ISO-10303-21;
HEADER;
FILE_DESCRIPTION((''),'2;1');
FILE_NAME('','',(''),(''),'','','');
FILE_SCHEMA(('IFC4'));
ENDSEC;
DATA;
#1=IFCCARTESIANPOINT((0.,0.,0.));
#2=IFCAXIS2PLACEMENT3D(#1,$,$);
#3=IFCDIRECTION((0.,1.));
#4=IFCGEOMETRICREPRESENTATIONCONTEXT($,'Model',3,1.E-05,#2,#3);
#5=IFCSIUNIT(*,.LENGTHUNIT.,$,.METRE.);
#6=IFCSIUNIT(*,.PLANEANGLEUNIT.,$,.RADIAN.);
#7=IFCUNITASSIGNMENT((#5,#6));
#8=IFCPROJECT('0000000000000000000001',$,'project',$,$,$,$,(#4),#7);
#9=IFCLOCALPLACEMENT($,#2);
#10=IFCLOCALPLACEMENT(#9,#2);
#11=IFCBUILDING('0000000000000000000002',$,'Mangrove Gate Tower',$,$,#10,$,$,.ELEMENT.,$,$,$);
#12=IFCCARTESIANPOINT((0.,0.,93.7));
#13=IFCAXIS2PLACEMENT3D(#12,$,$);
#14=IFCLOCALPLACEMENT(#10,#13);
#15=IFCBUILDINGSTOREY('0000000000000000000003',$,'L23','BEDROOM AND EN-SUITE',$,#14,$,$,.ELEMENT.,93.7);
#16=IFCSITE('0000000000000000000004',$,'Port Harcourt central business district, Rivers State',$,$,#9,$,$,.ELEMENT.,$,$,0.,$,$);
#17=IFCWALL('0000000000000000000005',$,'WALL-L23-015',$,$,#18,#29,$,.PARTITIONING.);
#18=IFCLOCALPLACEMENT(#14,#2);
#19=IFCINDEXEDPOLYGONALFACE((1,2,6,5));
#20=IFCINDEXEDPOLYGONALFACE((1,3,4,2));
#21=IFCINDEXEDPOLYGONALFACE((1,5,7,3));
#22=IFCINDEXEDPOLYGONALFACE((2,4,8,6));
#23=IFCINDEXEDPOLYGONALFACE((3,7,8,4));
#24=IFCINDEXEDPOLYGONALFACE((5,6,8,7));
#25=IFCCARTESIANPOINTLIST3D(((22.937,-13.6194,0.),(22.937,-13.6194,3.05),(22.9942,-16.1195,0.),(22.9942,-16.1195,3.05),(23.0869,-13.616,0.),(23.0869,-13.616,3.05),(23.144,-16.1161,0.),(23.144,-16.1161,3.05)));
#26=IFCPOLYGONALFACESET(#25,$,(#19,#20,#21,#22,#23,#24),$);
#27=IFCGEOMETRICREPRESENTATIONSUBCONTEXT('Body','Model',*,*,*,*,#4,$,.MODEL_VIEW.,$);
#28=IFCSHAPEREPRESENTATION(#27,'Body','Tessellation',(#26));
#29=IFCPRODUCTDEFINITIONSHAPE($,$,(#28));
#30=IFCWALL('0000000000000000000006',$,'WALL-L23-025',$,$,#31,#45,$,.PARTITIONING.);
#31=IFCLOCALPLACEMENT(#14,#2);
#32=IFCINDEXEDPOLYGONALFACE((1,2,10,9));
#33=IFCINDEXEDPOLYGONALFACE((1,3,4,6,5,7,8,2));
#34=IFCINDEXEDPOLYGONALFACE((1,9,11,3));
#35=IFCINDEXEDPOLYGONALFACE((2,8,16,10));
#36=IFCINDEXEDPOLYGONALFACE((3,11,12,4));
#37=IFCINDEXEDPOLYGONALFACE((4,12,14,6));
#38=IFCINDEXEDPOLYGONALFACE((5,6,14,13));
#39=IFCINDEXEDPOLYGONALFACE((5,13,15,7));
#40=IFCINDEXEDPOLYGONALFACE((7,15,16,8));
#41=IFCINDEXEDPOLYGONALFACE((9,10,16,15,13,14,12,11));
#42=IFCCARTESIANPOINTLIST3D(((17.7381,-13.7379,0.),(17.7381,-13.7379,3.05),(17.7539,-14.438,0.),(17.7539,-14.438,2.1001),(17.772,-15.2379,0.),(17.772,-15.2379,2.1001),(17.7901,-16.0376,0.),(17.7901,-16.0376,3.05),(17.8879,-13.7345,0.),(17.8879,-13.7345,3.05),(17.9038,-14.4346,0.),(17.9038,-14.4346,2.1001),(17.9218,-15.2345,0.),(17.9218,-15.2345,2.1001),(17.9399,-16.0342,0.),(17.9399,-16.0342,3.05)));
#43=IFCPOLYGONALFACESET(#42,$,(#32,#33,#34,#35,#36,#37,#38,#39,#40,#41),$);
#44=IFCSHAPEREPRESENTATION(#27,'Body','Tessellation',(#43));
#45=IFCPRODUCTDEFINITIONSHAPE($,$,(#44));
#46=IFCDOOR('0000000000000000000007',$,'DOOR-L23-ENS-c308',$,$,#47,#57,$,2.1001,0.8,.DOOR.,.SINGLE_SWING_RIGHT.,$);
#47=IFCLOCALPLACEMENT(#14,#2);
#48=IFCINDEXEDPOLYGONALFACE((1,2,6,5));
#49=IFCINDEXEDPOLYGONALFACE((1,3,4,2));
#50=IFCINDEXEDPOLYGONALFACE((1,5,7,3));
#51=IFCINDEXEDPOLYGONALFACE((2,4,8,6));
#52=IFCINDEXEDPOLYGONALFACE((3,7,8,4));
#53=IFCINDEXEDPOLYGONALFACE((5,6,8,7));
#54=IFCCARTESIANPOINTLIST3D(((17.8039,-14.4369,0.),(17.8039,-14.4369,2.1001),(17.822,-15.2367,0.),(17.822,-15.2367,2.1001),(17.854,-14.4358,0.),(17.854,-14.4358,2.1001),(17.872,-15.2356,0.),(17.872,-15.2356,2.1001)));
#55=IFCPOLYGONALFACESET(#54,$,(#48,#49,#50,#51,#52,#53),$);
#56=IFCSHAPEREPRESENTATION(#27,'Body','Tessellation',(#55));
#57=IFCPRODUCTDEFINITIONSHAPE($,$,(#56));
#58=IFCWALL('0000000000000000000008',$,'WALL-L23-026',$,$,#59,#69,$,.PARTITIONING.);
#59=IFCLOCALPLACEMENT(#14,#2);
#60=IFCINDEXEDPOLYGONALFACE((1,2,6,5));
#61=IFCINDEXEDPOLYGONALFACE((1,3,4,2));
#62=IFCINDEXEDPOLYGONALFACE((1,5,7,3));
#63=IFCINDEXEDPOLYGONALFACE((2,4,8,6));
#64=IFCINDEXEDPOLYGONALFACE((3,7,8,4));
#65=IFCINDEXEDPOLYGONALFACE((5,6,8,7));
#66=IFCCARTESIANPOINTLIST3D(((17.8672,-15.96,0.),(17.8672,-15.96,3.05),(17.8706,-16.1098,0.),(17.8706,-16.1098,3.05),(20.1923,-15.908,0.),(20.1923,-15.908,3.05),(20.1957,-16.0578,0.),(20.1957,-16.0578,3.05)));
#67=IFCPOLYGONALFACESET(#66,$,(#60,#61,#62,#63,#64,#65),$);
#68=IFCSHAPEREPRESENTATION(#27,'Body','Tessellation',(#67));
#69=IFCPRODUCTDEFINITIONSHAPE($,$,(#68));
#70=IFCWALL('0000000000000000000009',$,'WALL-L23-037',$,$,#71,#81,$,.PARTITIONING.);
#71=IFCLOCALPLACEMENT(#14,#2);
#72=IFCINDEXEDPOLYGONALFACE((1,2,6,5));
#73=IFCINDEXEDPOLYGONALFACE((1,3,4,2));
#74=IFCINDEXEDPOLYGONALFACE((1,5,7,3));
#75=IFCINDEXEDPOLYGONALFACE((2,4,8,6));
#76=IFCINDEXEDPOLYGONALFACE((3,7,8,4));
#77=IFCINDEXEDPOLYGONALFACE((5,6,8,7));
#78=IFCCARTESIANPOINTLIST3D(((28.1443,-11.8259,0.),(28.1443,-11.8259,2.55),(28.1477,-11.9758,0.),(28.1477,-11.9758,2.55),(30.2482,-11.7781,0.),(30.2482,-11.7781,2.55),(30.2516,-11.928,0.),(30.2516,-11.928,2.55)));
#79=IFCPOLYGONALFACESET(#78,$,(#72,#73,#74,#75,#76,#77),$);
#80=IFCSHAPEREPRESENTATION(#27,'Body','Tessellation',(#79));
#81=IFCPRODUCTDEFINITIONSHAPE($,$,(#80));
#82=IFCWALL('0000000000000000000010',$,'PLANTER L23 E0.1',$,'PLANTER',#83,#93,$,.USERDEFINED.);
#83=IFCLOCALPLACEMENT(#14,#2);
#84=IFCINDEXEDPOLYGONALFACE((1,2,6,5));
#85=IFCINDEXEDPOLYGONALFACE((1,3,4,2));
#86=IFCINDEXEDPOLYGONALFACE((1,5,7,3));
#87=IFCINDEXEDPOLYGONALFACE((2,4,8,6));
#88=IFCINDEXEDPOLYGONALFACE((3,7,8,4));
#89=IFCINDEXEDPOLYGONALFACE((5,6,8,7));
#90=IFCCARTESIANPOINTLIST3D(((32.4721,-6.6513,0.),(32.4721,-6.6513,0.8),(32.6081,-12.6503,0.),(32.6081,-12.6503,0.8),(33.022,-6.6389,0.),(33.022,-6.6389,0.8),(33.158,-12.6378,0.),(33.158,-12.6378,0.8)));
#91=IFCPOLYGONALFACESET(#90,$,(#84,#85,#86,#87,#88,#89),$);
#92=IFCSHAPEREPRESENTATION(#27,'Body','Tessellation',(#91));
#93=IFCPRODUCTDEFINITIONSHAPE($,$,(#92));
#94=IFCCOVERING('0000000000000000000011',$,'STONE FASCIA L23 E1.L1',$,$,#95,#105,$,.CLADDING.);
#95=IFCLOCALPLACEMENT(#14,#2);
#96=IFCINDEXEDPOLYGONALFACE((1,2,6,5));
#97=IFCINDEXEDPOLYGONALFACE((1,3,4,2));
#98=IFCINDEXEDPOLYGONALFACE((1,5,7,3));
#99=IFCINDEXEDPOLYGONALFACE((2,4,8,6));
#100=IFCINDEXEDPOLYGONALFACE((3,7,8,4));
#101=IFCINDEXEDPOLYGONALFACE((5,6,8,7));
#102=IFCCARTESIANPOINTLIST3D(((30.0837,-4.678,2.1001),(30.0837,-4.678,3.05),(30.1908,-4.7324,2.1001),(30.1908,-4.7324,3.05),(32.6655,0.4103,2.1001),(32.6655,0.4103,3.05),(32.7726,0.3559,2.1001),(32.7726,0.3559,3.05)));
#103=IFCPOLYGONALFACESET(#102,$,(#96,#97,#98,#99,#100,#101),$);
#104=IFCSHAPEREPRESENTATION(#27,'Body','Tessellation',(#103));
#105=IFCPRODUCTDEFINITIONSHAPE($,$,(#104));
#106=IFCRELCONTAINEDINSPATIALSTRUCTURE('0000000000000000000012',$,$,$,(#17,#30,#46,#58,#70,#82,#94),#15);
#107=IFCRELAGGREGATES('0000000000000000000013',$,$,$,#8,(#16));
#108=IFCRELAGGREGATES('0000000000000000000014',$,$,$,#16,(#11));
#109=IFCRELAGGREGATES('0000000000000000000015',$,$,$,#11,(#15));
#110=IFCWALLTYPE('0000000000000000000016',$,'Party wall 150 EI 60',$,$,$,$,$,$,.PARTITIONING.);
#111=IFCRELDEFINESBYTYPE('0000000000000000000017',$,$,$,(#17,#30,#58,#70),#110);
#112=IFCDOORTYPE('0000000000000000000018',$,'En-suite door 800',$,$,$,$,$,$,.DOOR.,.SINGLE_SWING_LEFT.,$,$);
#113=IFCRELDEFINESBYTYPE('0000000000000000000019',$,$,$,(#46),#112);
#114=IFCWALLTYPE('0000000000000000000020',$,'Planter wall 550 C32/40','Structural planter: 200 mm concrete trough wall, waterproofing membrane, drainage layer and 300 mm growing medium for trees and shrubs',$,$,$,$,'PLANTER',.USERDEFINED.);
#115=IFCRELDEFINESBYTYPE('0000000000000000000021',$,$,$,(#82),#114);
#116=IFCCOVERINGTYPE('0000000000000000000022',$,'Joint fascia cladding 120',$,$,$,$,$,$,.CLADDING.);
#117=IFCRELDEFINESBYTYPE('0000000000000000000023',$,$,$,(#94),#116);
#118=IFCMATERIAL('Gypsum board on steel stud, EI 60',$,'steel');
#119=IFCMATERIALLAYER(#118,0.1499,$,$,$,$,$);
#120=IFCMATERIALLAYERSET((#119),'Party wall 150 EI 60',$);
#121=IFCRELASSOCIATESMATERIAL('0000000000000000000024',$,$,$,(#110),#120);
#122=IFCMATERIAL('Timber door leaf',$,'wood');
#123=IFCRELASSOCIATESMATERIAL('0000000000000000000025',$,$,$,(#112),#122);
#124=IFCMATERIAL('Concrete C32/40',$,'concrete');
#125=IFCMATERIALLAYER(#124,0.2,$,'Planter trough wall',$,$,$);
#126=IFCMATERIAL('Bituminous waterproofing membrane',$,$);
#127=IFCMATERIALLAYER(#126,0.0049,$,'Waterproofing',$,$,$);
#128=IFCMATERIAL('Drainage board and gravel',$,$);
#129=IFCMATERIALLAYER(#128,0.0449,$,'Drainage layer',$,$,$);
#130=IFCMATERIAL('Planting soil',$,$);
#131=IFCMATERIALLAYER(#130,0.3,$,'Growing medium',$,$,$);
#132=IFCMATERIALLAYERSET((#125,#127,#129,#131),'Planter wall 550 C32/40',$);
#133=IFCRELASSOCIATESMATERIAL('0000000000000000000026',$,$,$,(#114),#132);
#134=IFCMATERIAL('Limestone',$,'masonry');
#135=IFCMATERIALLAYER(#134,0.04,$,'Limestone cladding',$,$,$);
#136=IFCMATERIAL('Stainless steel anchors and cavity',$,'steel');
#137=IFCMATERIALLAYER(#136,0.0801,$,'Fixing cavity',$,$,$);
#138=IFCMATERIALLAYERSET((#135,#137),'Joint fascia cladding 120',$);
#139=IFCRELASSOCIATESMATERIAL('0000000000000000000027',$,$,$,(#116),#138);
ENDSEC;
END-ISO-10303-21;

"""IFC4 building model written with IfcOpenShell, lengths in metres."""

from ifc_helpers import new_model, si_unit, direction, frame, frame_2d, origin, place, context, subcontext, project, spatial, rectangle, extrude, material, layer, layer_set, type_object, element, fill, save


model = new_model("IFC4")

# Units and contexts
model_context = context("Model", 3, precision=1e-05, world=origin(), true_north=direction((0.0, 1.0)))
body_context = subcontext(model_context, "Body", "Model", "MODEL_VIEW")
ifc_project = project(units=[si_unit("LENGTHUNIT", "METRE"), si_unit("PLANEANGLEUNIT", "RADIAN")], contexts=[model_context])

# Site, building, storey
site_placement = place(None, origin())
site = spatial("IfcSite", under=ifc_project, at=site_placement, Name="Port Harcourt central business district, Rivers State", CompositionType="ELEMENT", RefElevation=0.0)
building_placement = place(site_placement, origin())
building = spatial("IfcBuilding", under=site, at=building_placement, Name="Mangrove Gate Tower", CompositionType="ELEMENT")
storey_placement = place(building_placement, frame((0.0, 0.0, 93.7)))
storey = spatial("IfcBuildingStorey", under=building, at=storey_placement, Name="L23", Description="BEDROOM AND EN-SUITE", CompositionType="ELEMENT", Elevation=93.7)

# Wall
ifc_material_1 = material(Name="Gypsum board on steel stud, EI 60", Category="steel")
ifc_layer_1 = layer(ifc_material_1, 0.1499)
ifc_layer_set_1 = layer_set([ifc_layer_1], Name="Party wall 150 EI 60")
wall_type_1 = type_object("IfcWallType", Name="Party wall 150 EI 60", PredefinedType="PARTITIONING", material=ifc_layer_set_1)
wall_1_placement = place(storey_placement, frame((23.0691, -16.1179, 0.0), z_axis=(0.0, 0.0, 1.0), x_axis=(-0.022846, 0.999739, 0.0)))
element("IfcWall", 1, at=wall_1_placement, inside=storey, type_object=wall_type_1, Name="WALL-L23-015", PredefinedType="PARTITIONING", context=body_context, shape_type="SweptSolid", body=[
    extrude(rectangle(XDim=2.5007, YDim=0.1499, at=frame_2d((1.2505, 0.0))), origin(), (0.0, 0.0, 1.0), 3.05),
])

# Wall, opening, door
wall_2_placement = place(storey_placement, frame((17.865, -16.0359, 0.0), z_axis=(0.0, 0.0, 1.0), x_axis=(-0.022606, 0.999744, 0.0)))
wall_2 = element("IfcWall", 2, at=wall_2_placement, inside=storey, type_object=wall_type_1, Name="WALL-L23-025", PredefinedType="PARTITIONING", context=body_context, shape_type="SweptSolid", body=[
    extrude(rectangle(XDim=2.3003, YDim=0.1499, at=frame_2d((1.1501, 0.0))), origin(), (0.0, 0.0, 1.0), 3.05),
])
opening_1_placement = place(wall_2_placement, frame((0.8, 0.0, 0.0)))
opening_1 = element("IfcOpeningElement", 3, at=opening_1_placement, cuts=wall_2, PredefinedType="OPENING", context=body_context, shape_type="SweptSolid", body=[
    extrude(rectangle(XDim=0.8, YDim=2.1001, at=frame_2d((0.3999, 1.05))), frame((0.0, 0.085, 0.0), z_axis=(0.0, -1.0, 0.0), x_axis=(1.0, 0.0, 0.0)), (0.0, 0.0, 1.0), 0.1699),
])
ifc_material_2 = material(Name="Timber door leaf", Category="wood")
door_type_1 = type_object("IfcDoorType", Name="En-suite door 800", OperationType="SINGLE_SWING_LEFT", PredefinedType="DOOR", material=ifc_material_2)
door_1_placement = place(opening_1_placement, origin())
door_1 = element("IfcDoor", 4, at=door_1_placement, inside=storey, type_object=door_type_1, Name="DOOR-L23-ENS-c308", OperationType="SINGLE_SWING_RIGHT", OverallHeight=2.1001, OverallWidth=0.8, PredefinedType="DOOR", context=body_context, shape_type="SweptSolid", body=[
    extrude(rectangle(XDim=0.8, YDim=2.1001, at=frame_2d((0.3999, 1.05))), frame((0.0, 0.0249, 0.0), z_axis=(0.0, -1.0, 0.0), x_axis=(1.0, 0.0, 0.0)), (0.0, 0.0, 1.0), 0.05),
])
fill(opening_1, door_1)

# Walls
wall_3_placement = place(storey_placement, frame((17.8689, -16.0349, 0.0), z_axis=(0.0, 0.0, 1.0), x_axis=(0.99975, 0.022359, 0.0)))
element("IfcWall", 5, at=wall_3_placement, inside=storey, type_object=wall_type_1, Name="WALL-L23-026", PredefinedType="PARTITIONING", context=body_context, shape_type="SweptSolid", body=[
    extrude(rectangle(XDim=2.3257, YDim=0.1499, at=frame_2d((1.1628, 0.0))), origin(), (0.0, 0.0, 1.0), 3.05),
])
wall_4_placement = place(storey_placement, frame((28.146, -11.9009, 0.0), z_axis=(0.0, 0.0, 1.0), x_axis=(0.999741, 0.022737, 0.0)))
element("IfcWall", 6, at=wall_4_placement, inside=storey, type_object=wall_type_1, Name="WALL-L23-037", PredefinedType="PARTITIONING", context=body_context, shape_type="SweptSolid", body=[
    extrude(rectangle(XDim=2.1045, YDim=0.1499, at=frame_2d((1.0522, 0.0))), origin(), (0.0, 0.0, 1.0), 2.55),
])
ifc_material_3 = material(Name="Concrete C32/40", Category="concrete")
ifc_layer_2 = layer(ifc_material_3, 0.2, Name="Planter trough wall")
ifc_material_4 = material(Name="Bituminous waterproofing membrane")
ifc_layer_3 = layer(ifc_material_4, 0.0049, Name="Waterproofing")
ifc_material_5 = material(Name="Drainage board and gravel")
ifc_layer_4 = layer(ifc_material_5, 0.0449, Name="Drainage layer")
ifc_material_6 = material(Name="Planting soil")
ifc_layer_5 = layer(ifc_material_6, 0.3, Name="Growing medium")
ifc_layer_set_2 = layer_set([ifc_layer_2, ifc_layer_3, ifc_layer_4, ifc_layer_5], Name="Planter wall 550 C32/40")
wall_type_2 = type_object("IfcWallType", Name="Planter wall 550 C32/40", Description="Structural planter: 200 mm concrete trough wall, waterproofing membrane, drainage layer and 300 mm growing medium for trees and shrubs", ElementType="PLANTER", PredefinedType="USERDEFINED", material=ifc_layer_set_2)
wall_5_placement = place(storey_placement, frame((32.8831, -12.644, 0.0), z_axis=(0.0, 0.0, 1.0), x_axis=(-0.022662, 0.999743, 0.0)))
element("IfcWall", 7, at=wall_5_placement, inside=storey, type_object=wall_type_2, Name="PLANTER L23 E0.1", ObjectType="PLANTER", PredefinedType="USERDEFINED", context=body_context, shape_type="SweptSolid", body=[
    extrude(rectangle(XDim=6.0005, YDim=0.55, at=frame_2d((3.0002, 0.0))), origin(), (0.0, 0.0, 1.0), 0.8),
])

# Covering
ifc_material_7 = material(Name="Limestone", Category="masonry")
ifc_layer_6 = layer(ifc_material_7, 0.04, Name="Limestone cladding")
ifc_material_8 = material(Name="Stainless steel anchors and cavity", Category="steel")
ifc_layer_7 = layer(ifc_material_8, 0.0801, Name="Fixing cavity")
ifc_layer_set_3 = layer_set([ifc_layer_6, ifc_layer_7], Name="Joint fascia cladding 120")
covering_type = type_object("IfcCoveringType", Name="Joint fascia cladding 120", PredefinedType="CLADDING", material=ifc_layer_set_3)
covering_placement = place(storey_placement, frame((30.1372, -4.7053, 2.1001), z_axis=(0.0, 0.0, 1.0), x_axis=(0.452477, 0.891776, 0.0)))
element("IfcCovering", 8, at=covering_placement, inside=storey, type_object=covering_type, Name="STONE FASCIA L23 E1.L1", PredefinedType="CLADDING", context=body_context, shape_type="SweptSolid", body=[
    extrude(rectangle(XDim=5.7058, YDim=0.1201, at=frame_2d((2.853, 0.0))), origin(), (0.0, 0.0, 1.0), 0.95),
])

save(model, "model.ifc")
